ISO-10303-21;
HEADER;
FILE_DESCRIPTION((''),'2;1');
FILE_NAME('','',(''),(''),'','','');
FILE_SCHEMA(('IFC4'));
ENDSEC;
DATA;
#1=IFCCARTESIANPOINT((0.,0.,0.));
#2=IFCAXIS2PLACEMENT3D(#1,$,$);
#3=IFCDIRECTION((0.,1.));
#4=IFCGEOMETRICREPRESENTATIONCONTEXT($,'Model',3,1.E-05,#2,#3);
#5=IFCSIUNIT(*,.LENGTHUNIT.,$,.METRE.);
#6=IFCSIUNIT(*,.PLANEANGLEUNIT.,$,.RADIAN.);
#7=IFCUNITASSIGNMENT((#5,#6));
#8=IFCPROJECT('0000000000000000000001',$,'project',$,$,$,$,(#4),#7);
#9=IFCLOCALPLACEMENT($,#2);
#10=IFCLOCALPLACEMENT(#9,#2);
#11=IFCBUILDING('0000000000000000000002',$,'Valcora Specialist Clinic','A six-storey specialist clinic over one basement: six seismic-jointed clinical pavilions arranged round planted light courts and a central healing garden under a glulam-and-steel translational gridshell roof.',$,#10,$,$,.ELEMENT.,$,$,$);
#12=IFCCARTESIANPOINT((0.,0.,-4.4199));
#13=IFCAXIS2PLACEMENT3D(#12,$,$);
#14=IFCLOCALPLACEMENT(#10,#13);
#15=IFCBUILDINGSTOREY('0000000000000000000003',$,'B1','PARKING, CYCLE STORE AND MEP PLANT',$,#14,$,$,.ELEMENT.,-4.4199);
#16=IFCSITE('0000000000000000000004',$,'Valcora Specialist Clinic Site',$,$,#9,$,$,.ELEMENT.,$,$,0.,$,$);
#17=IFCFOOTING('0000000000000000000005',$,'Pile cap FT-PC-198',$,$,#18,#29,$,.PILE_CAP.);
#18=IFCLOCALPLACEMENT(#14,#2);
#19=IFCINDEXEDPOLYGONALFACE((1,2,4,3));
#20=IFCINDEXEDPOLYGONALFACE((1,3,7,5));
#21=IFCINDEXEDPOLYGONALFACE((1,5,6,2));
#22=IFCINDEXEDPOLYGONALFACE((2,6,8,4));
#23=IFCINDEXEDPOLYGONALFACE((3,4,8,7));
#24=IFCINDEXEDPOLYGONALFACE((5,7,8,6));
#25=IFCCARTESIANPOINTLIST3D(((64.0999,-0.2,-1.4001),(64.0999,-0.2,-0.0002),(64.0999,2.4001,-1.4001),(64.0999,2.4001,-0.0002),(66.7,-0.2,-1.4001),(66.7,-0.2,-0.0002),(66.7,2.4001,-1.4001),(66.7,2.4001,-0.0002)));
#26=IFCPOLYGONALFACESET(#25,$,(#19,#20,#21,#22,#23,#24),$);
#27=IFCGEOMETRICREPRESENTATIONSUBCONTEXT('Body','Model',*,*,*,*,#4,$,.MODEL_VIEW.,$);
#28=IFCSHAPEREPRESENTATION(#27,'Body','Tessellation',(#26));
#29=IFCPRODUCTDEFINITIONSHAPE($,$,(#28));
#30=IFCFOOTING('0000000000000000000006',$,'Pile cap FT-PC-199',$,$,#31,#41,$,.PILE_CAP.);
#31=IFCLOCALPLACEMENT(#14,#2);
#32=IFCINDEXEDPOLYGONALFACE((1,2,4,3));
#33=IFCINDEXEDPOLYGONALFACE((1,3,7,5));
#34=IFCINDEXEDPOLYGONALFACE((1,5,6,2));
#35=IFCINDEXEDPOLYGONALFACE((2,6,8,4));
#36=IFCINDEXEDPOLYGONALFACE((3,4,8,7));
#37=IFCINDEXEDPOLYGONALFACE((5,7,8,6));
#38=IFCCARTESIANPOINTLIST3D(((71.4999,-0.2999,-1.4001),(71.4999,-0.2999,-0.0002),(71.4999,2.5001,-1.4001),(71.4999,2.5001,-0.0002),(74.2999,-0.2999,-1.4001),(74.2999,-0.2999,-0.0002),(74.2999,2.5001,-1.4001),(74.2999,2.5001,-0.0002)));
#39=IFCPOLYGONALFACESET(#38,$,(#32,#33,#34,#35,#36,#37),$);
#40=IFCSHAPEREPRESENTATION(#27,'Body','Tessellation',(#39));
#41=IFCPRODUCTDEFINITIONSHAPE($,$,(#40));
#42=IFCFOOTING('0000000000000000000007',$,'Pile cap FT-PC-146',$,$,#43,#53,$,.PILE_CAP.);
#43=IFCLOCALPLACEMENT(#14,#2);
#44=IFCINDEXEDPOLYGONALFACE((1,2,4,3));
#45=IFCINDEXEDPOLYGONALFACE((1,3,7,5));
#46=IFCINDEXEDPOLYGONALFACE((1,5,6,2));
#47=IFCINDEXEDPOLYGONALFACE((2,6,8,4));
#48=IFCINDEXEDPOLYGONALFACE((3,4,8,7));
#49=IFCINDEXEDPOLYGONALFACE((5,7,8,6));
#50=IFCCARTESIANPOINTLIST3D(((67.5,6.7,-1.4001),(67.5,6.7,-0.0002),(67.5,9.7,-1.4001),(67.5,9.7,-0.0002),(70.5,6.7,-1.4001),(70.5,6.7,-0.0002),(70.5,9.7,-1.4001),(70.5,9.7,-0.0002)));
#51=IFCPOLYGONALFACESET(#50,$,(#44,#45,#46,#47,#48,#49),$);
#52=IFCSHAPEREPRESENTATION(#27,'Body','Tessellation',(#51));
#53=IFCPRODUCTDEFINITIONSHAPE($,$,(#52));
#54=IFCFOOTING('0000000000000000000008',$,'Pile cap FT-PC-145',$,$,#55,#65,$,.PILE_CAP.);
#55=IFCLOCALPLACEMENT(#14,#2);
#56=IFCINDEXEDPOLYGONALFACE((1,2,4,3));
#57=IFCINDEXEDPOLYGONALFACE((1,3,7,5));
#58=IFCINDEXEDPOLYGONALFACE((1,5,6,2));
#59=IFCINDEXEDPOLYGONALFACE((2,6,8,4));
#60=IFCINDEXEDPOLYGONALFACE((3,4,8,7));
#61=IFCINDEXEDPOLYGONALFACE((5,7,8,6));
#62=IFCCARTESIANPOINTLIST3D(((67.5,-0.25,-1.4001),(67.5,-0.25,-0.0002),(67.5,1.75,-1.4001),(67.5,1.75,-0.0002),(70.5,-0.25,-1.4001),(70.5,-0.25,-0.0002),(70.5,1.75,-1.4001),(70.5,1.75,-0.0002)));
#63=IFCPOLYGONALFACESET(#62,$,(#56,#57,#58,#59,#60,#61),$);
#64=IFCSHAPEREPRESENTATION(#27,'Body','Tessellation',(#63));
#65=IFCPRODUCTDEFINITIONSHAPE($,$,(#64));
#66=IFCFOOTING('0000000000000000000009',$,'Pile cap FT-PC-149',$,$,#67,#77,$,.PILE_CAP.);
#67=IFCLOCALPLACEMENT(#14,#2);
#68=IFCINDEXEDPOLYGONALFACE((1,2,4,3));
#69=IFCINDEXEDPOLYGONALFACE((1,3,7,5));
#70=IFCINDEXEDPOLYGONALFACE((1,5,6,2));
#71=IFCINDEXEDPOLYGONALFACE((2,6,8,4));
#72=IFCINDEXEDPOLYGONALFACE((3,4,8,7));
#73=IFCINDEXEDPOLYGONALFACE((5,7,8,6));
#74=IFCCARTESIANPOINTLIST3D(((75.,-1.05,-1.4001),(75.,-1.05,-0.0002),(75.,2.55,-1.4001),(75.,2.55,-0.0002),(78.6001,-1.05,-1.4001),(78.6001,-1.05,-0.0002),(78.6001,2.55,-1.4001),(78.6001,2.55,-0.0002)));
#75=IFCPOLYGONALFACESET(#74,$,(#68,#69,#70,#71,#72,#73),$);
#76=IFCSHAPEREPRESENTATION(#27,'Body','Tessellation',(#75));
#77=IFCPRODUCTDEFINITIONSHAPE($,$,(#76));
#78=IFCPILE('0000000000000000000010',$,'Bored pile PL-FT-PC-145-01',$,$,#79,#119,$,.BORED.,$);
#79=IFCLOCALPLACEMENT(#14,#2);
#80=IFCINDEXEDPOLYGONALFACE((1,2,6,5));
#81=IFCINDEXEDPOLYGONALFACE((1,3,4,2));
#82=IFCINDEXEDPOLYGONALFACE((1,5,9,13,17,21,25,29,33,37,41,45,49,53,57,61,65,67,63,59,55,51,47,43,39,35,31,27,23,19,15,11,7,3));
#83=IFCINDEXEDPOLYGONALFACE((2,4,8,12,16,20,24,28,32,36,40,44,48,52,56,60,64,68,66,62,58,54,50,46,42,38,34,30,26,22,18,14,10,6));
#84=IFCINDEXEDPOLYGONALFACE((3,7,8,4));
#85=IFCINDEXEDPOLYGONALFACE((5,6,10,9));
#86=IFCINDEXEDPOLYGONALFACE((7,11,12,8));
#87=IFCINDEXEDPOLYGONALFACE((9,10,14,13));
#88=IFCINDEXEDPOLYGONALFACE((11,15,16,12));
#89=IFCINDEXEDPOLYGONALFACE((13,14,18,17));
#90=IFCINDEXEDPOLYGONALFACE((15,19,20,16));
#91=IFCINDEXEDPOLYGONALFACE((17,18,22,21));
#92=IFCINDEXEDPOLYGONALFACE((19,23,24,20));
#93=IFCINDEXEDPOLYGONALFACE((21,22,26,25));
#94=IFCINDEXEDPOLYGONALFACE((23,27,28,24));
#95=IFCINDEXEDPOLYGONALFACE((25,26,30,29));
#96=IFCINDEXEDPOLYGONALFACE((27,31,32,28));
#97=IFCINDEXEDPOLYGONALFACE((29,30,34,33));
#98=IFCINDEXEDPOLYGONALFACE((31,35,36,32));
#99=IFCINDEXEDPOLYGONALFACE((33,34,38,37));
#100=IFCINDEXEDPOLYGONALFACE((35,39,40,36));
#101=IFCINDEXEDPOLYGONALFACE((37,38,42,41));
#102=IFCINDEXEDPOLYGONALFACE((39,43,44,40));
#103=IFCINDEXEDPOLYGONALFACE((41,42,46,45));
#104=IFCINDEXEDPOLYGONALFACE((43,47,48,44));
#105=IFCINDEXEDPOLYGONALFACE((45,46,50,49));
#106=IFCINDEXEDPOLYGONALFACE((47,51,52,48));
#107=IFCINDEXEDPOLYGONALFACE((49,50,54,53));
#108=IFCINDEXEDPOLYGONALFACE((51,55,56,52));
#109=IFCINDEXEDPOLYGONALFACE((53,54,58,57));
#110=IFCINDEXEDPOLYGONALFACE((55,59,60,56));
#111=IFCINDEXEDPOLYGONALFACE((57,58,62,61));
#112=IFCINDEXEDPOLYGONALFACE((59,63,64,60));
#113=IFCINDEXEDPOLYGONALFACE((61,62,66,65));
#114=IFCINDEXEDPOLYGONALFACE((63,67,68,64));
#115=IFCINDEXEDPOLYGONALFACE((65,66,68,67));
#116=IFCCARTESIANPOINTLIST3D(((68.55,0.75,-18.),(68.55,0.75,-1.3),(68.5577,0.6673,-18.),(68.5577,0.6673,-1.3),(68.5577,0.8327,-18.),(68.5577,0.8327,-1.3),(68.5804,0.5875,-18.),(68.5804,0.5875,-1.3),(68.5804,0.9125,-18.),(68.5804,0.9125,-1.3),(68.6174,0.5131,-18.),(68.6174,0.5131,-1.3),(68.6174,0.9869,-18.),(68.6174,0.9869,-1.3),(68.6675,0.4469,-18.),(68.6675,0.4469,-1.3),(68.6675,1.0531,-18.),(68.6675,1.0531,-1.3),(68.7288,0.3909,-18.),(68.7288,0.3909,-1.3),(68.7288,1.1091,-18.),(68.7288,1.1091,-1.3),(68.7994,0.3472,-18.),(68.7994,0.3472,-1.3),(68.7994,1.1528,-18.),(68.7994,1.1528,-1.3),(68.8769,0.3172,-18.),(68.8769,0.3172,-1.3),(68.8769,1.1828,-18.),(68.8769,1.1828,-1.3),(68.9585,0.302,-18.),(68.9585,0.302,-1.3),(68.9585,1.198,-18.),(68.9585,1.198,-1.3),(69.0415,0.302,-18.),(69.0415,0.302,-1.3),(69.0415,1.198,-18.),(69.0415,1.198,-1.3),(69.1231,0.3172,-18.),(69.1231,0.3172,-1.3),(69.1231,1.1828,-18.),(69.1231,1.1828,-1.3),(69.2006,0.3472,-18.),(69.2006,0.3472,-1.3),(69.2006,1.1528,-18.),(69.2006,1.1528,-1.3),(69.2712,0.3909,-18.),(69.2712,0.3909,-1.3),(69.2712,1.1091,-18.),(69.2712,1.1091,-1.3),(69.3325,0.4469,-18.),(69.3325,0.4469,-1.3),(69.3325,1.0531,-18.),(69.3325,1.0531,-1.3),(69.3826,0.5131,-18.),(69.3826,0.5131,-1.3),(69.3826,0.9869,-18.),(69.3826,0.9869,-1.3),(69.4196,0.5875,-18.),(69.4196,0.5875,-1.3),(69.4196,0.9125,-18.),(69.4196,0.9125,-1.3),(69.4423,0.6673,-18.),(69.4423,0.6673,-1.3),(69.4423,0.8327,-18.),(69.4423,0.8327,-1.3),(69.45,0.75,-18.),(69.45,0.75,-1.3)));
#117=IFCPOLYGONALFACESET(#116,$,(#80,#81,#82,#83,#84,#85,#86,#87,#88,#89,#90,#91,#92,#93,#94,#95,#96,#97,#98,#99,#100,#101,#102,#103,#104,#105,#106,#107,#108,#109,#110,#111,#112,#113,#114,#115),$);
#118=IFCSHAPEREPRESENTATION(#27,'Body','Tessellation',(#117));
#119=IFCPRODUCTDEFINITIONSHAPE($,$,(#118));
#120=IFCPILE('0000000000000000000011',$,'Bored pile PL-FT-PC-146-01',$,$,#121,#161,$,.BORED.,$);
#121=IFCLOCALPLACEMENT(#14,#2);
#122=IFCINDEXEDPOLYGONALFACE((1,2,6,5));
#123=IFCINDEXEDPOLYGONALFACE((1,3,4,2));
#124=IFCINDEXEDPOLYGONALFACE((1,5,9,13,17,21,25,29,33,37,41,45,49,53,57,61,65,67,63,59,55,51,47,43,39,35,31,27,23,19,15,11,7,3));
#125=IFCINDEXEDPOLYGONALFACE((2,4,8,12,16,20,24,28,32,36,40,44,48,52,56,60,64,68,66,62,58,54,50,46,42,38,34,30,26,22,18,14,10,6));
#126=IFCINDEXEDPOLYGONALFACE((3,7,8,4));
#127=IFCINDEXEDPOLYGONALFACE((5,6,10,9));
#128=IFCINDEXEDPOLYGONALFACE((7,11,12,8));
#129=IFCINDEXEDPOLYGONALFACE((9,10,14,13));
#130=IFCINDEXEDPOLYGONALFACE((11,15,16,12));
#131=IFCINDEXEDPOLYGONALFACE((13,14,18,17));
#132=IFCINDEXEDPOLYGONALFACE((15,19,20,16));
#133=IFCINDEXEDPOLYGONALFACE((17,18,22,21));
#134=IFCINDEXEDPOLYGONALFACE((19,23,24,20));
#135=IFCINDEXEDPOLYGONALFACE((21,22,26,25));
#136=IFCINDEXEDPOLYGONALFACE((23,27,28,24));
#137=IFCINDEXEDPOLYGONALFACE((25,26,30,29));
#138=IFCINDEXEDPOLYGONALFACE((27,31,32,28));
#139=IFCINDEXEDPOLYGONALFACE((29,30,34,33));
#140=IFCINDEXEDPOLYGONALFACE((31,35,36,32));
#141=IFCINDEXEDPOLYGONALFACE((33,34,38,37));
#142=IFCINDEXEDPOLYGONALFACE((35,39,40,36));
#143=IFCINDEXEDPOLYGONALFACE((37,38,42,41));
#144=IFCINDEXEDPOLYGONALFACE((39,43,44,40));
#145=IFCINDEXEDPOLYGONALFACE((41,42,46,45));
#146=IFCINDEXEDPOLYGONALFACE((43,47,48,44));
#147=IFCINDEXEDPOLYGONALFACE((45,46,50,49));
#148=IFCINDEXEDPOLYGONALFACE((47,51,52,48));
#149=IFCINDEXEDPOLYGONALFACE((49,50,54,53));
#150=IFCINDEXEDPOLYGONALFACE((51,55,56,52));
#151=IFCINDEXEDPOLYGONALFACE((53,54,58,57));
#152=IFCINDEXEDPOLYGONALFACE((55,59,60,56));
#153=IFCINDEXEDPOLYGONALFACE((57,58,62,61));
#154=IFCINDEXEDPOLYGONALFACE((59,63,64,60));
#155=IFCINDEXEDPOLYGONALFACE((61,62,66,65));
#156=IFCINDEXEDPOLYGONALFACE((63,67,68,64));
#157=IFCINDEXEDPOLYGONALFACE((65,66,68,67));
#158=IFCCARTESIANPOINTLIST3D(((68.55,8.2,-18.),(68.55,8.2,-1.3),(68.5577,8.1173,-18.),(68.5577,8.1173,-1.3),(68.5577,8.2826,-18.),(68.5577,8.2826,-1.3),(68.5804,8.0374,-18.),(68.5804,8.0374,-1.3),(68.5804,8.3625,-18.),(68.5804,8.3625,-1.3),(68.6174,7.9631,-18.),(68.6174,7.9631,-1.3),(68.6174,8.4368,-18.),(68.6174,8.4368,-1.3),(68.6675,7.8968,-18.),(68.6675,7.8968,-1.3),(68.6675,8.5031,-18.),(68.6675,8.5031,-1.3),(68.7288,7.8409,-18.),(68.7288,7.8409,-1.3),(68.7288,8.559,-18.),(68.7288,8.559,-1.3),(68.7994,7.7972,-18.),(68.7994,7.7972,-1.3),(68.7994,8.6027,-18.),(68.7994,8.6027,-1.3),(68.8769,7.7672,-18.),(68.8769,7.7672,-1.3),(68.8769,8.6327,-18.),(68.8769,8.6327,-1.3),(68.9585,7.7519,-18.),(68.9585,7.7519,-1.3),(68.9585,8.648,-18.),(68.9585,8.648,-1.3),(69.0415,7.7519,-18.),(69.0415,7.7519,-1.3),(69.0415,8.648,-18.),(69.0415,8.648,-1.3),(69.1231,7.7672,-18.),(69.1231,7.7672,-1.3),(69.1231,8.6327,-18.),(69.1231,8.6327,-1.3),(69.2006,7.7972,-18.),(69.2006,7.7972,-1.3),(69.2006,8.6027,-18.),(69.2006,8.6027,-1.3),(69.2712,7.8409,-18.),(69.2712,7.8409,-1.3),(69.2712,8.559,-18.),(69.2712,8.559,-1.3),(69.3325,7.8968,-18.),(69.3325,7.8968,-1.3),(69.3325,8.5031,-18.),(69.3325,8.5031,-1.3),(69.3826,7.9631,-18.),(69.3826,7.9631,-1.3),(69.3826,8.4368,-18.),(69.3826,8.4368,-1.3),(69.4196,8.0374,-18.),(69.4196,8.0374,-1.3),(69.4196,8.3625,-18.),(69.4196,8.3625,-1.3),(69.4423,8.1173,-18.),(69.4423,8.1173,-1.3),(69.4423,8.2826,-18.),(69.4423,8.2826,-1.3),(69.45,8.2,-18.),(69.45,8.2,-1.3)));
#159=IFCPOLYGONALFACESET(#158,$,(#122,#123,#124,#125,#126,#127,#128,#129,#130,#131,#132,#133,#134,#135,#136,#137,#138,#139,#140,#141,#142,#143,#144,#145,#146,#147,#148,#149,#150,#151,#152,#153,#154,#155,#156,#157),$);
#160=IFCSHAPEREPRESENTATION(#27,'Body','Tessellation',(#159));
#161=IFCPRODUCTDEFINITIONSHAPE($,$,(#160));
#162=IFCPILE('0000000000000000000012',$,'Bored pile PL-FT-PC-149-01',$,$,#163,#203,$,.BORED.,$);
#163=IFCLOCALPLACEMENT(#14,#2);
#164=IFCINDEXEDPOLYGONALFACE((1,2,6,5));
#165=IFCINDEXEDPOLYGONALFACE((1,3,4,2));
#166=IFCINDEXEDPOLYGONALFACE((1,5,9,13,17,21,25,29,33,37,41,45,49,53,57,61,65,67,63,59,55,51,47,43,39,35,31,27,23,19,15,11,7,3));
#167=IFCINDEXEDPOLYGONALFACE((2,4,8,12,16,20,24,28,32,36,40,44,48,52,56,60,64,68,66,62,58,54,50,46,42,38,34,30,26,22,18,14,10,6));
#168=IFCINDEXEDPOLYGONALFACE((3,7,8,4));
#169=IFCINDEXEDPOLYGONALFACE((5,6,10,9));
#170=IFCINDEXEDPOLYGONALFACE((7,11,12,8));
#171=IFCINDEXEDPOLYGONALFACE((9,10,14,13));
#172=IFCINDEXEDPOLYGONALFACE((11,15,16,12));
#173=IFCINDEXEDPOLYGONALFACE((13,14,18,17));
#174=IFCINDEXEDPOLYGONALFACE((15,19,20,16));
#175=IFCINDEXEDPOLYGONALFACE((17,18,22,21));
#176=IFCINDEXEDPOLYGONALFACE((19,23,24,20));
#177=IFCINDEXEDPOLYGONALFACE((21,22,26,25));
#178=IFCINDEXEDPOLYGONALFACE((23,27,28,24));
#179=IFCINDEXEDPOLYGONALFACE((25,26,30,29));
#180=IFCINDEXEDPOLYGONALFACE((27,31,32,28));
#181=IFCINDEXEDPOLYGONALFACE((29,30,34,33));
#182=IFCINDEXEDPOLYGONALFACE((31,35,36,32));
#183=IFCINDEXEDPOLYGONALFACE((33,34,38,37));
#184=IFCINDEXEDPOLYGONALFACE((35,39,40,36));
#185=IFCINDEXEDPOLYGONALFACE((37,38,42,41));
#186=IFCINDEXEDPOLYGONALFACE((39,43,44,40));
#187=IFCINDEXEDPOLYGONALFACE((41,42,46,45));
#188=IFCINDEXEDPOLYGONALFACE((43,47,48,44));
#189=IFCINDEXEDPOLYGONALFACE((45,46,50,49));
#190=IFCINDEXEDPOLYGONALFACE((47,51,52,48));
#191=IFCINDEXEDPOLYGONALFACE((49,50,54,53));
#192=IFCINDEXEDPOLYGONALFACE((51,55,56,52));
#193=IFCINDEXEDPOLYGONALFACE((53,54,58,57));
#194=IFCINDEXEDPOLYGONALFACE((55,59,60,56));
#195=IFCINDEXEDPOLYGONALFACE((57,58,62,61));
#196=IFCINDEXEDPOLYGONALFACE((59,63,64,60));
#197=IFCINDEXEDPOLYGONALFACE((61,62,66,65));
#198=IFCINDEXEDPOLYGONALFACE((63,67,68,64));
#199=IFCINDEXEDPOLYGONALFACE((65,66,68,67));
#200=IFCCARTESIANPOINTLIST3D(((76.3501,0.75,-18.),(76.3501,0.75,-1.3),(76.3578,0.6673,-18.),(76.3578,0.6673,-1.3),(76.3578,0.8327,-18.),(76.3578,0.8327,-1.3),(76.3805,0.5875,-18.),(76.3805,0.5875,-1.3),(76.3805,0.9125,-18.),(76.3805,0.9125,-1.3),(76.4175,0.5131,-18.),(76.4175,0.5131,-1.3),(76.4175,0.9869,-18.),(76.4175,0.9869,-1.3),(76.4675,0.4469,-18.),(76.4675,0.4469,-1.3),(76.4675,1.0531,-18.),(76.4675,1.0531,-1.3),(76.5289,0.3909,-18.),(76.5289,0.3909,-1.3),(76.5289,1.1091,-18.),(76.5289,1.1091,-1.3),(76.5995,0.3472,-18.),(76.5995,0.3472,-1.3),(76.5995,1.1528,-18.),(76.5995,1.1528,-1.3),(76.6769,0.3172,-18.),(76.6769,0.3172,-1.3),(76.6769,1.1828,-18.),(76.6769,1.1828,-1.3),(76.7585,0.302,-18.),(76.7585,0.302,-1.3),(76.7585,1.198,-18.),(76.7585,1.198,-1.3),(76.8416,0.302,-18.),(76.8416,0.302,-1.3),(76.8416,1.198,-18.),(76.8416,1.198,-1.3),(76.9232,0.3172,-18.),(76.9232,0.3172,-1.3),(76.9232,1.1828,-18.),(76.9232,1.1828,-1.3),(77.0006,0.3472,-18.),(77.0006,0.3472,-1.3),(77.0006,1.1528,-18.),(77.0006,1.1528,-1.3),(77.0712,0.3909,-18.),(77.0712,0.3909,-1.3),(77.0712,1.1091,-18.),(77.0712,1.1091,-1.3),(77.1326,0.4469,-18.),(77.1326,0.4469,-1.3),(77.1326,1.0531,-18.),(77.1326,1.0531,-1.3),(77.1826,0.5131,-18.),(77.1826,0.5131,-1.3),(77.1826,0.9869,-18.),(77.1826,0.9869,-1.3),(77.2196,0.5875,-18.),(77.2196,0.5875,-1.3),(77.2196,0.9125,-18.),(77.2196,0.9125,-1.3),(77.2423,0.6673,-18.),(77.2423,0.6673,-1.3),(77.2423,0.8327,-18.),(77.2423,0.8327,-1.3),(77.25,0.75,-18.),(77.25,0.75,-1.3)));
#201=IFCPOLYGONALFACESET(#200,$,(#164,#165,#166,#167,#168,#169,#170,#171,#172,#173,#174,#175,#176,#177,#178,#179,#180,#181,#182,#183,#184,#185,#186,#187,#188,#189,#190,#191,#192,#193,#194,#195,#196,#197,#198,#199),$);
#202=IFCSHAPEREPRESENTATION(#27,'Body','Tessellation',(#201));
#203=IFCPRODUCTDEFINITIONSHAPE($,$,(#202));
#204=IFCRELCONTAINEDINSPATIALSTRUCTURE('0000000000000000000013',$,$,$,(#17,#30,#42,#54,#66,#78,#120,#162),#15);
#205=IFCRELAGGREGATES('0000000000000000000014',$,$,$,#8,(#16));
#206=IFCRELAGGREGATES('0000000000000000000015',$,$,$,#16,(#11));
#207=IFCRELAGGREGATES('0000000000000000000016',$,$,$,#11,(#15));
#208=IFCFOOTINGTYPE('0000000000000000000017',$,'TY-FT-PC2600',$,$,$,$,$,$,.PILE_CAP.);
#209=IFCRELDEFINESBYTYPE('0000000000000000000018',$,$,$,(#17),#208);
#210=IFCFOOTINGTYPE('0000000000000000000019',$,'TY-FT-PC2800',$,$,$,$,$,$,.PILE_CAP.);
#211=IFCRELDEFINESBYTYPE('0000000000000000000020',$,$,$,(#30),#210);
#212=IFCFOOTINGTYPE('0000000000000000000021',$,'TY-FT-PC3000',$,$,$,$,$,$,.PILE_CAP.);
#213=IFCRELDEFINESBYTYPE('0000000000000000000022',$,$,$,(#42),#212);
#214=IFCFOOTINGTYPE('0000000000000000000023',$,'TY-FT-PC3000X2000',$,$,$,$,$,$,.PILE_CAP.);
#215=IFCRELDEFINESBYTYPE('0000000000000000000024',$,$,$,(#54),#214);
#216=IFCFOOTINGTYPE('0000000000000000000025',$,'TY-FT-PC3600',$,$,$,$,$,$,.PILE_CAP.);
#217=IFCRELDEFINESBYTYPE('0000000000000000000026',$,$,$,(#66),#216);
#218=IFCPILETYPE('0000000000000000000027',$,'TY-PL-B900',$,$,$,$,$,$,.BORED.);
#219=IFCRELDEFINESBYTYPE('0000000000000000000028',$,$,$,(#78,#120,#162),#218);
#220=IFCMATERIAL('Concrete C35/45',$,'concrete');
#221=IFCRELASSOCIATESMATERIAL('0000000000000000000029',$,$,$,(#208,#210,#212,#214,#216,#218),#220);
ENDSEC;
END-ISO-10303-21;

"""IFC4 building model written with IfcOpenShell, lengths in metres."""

from ifc_helpers import new_model, si_unit, direction, frame, origin, origin_2d, place, context, subcontext, project, spatial, rectangle, circle, extrude, material, material_profile, profile_set, type_object, element, save


model = new_model("IFC4")

# Units and contexts
model_context = context("Model", 3, precision=1e-05, world=origin(), true_north=direction((0.0, 1.0)))
body_context = subcontext(model_context, "Body", "Model", "MODEL_VIEW")
ifc_project = project(units=[si_unit("LENGTHUNIT", "METRE"), si_unit("PLANEANGLEUNIT", "RADIAN")], contexts=[model_context])

# Site, building, storey
site_placement = place(None, origin())
site = spatial("IfcSite", under=ifc_project, at=site_placement, Name="Valcora Specialist Clinic Site", CompositionType="ELEMENT", RefElevation=0.0)
building_placement = place(site_placement, origin())
building = spatial("IfcBuilding", under=site, at=building_placement, Name="Valcora Specialist Clinic", Description="A six-storey specialist clinic over one basement: six seismic-jointed clinical pavilions arranged round planted light courts and a central healing garden under a glulam-and-steel translational gridshell roof.", CompositionType="ELEMENT")
storey_placement = place(building_placement, frame((0.0, 0.0, -4.4199)))
storey = spatial("IfcBuildingStorey", under=building, at=storey_placement, Name="B1", Description="PARKING, CYCLE STORE AND MEP PLANT", CompositionType="ELEMENT", Elevation=-4.4199)

# Footings
ifc_material_1 = material(Name="Concrete C35/45", Category="concrete")
footing_type_1 = type_object("IfcFootingType", Name="TY-FT-PC2600", PredefinedType="PILE_CAP", material=ifc_material_1)
footing_1_placement = place(storey_placement, frame((65.3999, 1.1001, -1.4001), z_axis=(0.0, 0.0, 1.0), x_axis=(1.0, 0.0, 0.0)))
element("IfcFooting", 1, at=footing_1_placement, inside=storey, type_object=footing_type_1, Name="Pile cap FT-PC-198", PredefinedType="PILE_CAP", context=body_context, shape_type="SweptSolid", body=[
    extrude(rectangle(XDim=2.6001, YDim=2.6001, at=origin_2d()), origin(), (0.0, 0.0, 1.0), 1.3999),
])
footing_type_2 = type_object("IfcFootingType", Name="TY-FT-PC2800", PredefinedType="PILE_CAP", material=ifc_material_1)
footing_2_placement = place(storey_placement, frame((72.8999, 1.1001, -1.4001), z_axis=(0.0, 0.0, 1.0), x_axis=(1.0, 0.0, 0.0)))
element("IfcFooting", 2, at=footing_2_placement, inside=storey, type_object=footing_type_2, Name="Pile cap FT-PC-199", PredefinedType="PILE_CAP", context=body_context, shape_type="SweptSolid", body=[
    extrude(rectangle(XDim=2.8, YDim=2.8, at=origin_2d()), origin(), (0.0, 0.0, 1.0), 1.3999),
])
footing_type_3 = type_object("IfcFootingType", Name="TY-FT-PC3000", PredefinedType="PILE_CAP", material=ifc_material_1)
footing_3_placement = place(storey_placement, frame((69.0, 8.2, -1.4001), z_axis=(0.0, 0.0, 1.0), x_axis=(1.0, 0.0, 0.0)))
element("IfcFooting", 3, at=footing_3_placement, inside=storey, type_object=footing_type_3, Name="Pile cap FT-PC-146", PredefinedType="PILE_CAP", context=body_context, shape_type="SweptSolid", body=[
    extrude(rectangle(XDim=3.0, YDim=3.0, at=origin_2d()), origin(), (0.0, 0.0, 1.0), 1.3999),
])
footing_type_4 = type_object("IfcFootingType", Name="TY-FT-PC3000X2000", PredefinedType="PILE_CAP", material=ifc_material_1)
footing_4_placement = place(storey_placement, frame((69.0, 0.75, -1.4001), z_axis=(0.0, 0.0, 1.0), x_axis=(1.0, 0.0, 0.0)))
element("IfcFooting", 4, at=footing_4_placement, inside=storey, type_object=footing_type_4, Name="Pile cap FT-PC-145", PredefinedType="PILE_CAP", context=body_context, shape_type="SweptSolid", body=[
    extrude(rectangle(XDim=3.0, YDim=2.0, at=origin_2d()), origin(), (0.0, 0.0, 1.0), 1.3999),
])
footing_type_5 = type_object("IfcFootingType", Name="TY-FT-PC3600", PredefinedType="PILE_CAP", material=ifc_material_1)
footing_5_placement = place(storey_placement, frame((76.8, 0.75, -1.4001), z_axis=(0.0, 0.0, 1.0), x_axis=(1.0, 0.0, 0.0)))
element("IfcFooting", 5, at=footing_5_placement, inside=storey, type_object=footing_type_5, Name="Pile cap FT-PC-149", PredefinedType="PILE_CAP", context=body_context, shape_type="SweptSolid", body=[
    extrude(rectangle(XDim=3.6001, YDim=3.6001, at=origin_2d()), origin(), (0.0, 0.0, 1.0), 1.3999),
])

# Piles
ifc_material_profile_1 = material_profile(ifc_material_1, circle(Radius=0.45, at=origin_2d()), Name="RC-PIL-D900")
ifc_profile_set_1 = profile_set([ifc_material_profile_1], Name="Concrete C35/45")
pile_type = type_object("IfcPileType", Name="TY-PL-B900", PredefinedType="BORED", material=ifc_profile_set_1)
for number, where, z_axis, x_axis, name in (
    (6, (69.0, 0.75, -1.3), (0.0, 0.0, -1.0), (1.0, 0.0, 0.0), "Bored pile PL-FT-PC-145-01"),
    (7, (69.0, 8.2, -1.3), (0.0, 0.0, -1.0), (1.0, 0.0, 0.0), "Bored pile PL-FT-PC-146-01"),
    (8, (76.8, 0.75, -1.3), (0.0, 0.0, -1.0), (1.0, 0.0, 0.0), "Bored pile PL-FT-PC-149-01"),
):
    element("IfcPile", number, at=place(storey_placement, frame(where, z_axis=z_axis, x_axis=x_axis)), inside=storey, type_object=pile_type, Name=name, PredefinedType="BORED", context=body_context, shape_type="SweptSolid", body=[
        extrude(circle(Radius=0.45, at=origin_2d()), origin(), (0.0, 0.0, 1.0), 16.7),
    ])

save(model, "model.ifc")
